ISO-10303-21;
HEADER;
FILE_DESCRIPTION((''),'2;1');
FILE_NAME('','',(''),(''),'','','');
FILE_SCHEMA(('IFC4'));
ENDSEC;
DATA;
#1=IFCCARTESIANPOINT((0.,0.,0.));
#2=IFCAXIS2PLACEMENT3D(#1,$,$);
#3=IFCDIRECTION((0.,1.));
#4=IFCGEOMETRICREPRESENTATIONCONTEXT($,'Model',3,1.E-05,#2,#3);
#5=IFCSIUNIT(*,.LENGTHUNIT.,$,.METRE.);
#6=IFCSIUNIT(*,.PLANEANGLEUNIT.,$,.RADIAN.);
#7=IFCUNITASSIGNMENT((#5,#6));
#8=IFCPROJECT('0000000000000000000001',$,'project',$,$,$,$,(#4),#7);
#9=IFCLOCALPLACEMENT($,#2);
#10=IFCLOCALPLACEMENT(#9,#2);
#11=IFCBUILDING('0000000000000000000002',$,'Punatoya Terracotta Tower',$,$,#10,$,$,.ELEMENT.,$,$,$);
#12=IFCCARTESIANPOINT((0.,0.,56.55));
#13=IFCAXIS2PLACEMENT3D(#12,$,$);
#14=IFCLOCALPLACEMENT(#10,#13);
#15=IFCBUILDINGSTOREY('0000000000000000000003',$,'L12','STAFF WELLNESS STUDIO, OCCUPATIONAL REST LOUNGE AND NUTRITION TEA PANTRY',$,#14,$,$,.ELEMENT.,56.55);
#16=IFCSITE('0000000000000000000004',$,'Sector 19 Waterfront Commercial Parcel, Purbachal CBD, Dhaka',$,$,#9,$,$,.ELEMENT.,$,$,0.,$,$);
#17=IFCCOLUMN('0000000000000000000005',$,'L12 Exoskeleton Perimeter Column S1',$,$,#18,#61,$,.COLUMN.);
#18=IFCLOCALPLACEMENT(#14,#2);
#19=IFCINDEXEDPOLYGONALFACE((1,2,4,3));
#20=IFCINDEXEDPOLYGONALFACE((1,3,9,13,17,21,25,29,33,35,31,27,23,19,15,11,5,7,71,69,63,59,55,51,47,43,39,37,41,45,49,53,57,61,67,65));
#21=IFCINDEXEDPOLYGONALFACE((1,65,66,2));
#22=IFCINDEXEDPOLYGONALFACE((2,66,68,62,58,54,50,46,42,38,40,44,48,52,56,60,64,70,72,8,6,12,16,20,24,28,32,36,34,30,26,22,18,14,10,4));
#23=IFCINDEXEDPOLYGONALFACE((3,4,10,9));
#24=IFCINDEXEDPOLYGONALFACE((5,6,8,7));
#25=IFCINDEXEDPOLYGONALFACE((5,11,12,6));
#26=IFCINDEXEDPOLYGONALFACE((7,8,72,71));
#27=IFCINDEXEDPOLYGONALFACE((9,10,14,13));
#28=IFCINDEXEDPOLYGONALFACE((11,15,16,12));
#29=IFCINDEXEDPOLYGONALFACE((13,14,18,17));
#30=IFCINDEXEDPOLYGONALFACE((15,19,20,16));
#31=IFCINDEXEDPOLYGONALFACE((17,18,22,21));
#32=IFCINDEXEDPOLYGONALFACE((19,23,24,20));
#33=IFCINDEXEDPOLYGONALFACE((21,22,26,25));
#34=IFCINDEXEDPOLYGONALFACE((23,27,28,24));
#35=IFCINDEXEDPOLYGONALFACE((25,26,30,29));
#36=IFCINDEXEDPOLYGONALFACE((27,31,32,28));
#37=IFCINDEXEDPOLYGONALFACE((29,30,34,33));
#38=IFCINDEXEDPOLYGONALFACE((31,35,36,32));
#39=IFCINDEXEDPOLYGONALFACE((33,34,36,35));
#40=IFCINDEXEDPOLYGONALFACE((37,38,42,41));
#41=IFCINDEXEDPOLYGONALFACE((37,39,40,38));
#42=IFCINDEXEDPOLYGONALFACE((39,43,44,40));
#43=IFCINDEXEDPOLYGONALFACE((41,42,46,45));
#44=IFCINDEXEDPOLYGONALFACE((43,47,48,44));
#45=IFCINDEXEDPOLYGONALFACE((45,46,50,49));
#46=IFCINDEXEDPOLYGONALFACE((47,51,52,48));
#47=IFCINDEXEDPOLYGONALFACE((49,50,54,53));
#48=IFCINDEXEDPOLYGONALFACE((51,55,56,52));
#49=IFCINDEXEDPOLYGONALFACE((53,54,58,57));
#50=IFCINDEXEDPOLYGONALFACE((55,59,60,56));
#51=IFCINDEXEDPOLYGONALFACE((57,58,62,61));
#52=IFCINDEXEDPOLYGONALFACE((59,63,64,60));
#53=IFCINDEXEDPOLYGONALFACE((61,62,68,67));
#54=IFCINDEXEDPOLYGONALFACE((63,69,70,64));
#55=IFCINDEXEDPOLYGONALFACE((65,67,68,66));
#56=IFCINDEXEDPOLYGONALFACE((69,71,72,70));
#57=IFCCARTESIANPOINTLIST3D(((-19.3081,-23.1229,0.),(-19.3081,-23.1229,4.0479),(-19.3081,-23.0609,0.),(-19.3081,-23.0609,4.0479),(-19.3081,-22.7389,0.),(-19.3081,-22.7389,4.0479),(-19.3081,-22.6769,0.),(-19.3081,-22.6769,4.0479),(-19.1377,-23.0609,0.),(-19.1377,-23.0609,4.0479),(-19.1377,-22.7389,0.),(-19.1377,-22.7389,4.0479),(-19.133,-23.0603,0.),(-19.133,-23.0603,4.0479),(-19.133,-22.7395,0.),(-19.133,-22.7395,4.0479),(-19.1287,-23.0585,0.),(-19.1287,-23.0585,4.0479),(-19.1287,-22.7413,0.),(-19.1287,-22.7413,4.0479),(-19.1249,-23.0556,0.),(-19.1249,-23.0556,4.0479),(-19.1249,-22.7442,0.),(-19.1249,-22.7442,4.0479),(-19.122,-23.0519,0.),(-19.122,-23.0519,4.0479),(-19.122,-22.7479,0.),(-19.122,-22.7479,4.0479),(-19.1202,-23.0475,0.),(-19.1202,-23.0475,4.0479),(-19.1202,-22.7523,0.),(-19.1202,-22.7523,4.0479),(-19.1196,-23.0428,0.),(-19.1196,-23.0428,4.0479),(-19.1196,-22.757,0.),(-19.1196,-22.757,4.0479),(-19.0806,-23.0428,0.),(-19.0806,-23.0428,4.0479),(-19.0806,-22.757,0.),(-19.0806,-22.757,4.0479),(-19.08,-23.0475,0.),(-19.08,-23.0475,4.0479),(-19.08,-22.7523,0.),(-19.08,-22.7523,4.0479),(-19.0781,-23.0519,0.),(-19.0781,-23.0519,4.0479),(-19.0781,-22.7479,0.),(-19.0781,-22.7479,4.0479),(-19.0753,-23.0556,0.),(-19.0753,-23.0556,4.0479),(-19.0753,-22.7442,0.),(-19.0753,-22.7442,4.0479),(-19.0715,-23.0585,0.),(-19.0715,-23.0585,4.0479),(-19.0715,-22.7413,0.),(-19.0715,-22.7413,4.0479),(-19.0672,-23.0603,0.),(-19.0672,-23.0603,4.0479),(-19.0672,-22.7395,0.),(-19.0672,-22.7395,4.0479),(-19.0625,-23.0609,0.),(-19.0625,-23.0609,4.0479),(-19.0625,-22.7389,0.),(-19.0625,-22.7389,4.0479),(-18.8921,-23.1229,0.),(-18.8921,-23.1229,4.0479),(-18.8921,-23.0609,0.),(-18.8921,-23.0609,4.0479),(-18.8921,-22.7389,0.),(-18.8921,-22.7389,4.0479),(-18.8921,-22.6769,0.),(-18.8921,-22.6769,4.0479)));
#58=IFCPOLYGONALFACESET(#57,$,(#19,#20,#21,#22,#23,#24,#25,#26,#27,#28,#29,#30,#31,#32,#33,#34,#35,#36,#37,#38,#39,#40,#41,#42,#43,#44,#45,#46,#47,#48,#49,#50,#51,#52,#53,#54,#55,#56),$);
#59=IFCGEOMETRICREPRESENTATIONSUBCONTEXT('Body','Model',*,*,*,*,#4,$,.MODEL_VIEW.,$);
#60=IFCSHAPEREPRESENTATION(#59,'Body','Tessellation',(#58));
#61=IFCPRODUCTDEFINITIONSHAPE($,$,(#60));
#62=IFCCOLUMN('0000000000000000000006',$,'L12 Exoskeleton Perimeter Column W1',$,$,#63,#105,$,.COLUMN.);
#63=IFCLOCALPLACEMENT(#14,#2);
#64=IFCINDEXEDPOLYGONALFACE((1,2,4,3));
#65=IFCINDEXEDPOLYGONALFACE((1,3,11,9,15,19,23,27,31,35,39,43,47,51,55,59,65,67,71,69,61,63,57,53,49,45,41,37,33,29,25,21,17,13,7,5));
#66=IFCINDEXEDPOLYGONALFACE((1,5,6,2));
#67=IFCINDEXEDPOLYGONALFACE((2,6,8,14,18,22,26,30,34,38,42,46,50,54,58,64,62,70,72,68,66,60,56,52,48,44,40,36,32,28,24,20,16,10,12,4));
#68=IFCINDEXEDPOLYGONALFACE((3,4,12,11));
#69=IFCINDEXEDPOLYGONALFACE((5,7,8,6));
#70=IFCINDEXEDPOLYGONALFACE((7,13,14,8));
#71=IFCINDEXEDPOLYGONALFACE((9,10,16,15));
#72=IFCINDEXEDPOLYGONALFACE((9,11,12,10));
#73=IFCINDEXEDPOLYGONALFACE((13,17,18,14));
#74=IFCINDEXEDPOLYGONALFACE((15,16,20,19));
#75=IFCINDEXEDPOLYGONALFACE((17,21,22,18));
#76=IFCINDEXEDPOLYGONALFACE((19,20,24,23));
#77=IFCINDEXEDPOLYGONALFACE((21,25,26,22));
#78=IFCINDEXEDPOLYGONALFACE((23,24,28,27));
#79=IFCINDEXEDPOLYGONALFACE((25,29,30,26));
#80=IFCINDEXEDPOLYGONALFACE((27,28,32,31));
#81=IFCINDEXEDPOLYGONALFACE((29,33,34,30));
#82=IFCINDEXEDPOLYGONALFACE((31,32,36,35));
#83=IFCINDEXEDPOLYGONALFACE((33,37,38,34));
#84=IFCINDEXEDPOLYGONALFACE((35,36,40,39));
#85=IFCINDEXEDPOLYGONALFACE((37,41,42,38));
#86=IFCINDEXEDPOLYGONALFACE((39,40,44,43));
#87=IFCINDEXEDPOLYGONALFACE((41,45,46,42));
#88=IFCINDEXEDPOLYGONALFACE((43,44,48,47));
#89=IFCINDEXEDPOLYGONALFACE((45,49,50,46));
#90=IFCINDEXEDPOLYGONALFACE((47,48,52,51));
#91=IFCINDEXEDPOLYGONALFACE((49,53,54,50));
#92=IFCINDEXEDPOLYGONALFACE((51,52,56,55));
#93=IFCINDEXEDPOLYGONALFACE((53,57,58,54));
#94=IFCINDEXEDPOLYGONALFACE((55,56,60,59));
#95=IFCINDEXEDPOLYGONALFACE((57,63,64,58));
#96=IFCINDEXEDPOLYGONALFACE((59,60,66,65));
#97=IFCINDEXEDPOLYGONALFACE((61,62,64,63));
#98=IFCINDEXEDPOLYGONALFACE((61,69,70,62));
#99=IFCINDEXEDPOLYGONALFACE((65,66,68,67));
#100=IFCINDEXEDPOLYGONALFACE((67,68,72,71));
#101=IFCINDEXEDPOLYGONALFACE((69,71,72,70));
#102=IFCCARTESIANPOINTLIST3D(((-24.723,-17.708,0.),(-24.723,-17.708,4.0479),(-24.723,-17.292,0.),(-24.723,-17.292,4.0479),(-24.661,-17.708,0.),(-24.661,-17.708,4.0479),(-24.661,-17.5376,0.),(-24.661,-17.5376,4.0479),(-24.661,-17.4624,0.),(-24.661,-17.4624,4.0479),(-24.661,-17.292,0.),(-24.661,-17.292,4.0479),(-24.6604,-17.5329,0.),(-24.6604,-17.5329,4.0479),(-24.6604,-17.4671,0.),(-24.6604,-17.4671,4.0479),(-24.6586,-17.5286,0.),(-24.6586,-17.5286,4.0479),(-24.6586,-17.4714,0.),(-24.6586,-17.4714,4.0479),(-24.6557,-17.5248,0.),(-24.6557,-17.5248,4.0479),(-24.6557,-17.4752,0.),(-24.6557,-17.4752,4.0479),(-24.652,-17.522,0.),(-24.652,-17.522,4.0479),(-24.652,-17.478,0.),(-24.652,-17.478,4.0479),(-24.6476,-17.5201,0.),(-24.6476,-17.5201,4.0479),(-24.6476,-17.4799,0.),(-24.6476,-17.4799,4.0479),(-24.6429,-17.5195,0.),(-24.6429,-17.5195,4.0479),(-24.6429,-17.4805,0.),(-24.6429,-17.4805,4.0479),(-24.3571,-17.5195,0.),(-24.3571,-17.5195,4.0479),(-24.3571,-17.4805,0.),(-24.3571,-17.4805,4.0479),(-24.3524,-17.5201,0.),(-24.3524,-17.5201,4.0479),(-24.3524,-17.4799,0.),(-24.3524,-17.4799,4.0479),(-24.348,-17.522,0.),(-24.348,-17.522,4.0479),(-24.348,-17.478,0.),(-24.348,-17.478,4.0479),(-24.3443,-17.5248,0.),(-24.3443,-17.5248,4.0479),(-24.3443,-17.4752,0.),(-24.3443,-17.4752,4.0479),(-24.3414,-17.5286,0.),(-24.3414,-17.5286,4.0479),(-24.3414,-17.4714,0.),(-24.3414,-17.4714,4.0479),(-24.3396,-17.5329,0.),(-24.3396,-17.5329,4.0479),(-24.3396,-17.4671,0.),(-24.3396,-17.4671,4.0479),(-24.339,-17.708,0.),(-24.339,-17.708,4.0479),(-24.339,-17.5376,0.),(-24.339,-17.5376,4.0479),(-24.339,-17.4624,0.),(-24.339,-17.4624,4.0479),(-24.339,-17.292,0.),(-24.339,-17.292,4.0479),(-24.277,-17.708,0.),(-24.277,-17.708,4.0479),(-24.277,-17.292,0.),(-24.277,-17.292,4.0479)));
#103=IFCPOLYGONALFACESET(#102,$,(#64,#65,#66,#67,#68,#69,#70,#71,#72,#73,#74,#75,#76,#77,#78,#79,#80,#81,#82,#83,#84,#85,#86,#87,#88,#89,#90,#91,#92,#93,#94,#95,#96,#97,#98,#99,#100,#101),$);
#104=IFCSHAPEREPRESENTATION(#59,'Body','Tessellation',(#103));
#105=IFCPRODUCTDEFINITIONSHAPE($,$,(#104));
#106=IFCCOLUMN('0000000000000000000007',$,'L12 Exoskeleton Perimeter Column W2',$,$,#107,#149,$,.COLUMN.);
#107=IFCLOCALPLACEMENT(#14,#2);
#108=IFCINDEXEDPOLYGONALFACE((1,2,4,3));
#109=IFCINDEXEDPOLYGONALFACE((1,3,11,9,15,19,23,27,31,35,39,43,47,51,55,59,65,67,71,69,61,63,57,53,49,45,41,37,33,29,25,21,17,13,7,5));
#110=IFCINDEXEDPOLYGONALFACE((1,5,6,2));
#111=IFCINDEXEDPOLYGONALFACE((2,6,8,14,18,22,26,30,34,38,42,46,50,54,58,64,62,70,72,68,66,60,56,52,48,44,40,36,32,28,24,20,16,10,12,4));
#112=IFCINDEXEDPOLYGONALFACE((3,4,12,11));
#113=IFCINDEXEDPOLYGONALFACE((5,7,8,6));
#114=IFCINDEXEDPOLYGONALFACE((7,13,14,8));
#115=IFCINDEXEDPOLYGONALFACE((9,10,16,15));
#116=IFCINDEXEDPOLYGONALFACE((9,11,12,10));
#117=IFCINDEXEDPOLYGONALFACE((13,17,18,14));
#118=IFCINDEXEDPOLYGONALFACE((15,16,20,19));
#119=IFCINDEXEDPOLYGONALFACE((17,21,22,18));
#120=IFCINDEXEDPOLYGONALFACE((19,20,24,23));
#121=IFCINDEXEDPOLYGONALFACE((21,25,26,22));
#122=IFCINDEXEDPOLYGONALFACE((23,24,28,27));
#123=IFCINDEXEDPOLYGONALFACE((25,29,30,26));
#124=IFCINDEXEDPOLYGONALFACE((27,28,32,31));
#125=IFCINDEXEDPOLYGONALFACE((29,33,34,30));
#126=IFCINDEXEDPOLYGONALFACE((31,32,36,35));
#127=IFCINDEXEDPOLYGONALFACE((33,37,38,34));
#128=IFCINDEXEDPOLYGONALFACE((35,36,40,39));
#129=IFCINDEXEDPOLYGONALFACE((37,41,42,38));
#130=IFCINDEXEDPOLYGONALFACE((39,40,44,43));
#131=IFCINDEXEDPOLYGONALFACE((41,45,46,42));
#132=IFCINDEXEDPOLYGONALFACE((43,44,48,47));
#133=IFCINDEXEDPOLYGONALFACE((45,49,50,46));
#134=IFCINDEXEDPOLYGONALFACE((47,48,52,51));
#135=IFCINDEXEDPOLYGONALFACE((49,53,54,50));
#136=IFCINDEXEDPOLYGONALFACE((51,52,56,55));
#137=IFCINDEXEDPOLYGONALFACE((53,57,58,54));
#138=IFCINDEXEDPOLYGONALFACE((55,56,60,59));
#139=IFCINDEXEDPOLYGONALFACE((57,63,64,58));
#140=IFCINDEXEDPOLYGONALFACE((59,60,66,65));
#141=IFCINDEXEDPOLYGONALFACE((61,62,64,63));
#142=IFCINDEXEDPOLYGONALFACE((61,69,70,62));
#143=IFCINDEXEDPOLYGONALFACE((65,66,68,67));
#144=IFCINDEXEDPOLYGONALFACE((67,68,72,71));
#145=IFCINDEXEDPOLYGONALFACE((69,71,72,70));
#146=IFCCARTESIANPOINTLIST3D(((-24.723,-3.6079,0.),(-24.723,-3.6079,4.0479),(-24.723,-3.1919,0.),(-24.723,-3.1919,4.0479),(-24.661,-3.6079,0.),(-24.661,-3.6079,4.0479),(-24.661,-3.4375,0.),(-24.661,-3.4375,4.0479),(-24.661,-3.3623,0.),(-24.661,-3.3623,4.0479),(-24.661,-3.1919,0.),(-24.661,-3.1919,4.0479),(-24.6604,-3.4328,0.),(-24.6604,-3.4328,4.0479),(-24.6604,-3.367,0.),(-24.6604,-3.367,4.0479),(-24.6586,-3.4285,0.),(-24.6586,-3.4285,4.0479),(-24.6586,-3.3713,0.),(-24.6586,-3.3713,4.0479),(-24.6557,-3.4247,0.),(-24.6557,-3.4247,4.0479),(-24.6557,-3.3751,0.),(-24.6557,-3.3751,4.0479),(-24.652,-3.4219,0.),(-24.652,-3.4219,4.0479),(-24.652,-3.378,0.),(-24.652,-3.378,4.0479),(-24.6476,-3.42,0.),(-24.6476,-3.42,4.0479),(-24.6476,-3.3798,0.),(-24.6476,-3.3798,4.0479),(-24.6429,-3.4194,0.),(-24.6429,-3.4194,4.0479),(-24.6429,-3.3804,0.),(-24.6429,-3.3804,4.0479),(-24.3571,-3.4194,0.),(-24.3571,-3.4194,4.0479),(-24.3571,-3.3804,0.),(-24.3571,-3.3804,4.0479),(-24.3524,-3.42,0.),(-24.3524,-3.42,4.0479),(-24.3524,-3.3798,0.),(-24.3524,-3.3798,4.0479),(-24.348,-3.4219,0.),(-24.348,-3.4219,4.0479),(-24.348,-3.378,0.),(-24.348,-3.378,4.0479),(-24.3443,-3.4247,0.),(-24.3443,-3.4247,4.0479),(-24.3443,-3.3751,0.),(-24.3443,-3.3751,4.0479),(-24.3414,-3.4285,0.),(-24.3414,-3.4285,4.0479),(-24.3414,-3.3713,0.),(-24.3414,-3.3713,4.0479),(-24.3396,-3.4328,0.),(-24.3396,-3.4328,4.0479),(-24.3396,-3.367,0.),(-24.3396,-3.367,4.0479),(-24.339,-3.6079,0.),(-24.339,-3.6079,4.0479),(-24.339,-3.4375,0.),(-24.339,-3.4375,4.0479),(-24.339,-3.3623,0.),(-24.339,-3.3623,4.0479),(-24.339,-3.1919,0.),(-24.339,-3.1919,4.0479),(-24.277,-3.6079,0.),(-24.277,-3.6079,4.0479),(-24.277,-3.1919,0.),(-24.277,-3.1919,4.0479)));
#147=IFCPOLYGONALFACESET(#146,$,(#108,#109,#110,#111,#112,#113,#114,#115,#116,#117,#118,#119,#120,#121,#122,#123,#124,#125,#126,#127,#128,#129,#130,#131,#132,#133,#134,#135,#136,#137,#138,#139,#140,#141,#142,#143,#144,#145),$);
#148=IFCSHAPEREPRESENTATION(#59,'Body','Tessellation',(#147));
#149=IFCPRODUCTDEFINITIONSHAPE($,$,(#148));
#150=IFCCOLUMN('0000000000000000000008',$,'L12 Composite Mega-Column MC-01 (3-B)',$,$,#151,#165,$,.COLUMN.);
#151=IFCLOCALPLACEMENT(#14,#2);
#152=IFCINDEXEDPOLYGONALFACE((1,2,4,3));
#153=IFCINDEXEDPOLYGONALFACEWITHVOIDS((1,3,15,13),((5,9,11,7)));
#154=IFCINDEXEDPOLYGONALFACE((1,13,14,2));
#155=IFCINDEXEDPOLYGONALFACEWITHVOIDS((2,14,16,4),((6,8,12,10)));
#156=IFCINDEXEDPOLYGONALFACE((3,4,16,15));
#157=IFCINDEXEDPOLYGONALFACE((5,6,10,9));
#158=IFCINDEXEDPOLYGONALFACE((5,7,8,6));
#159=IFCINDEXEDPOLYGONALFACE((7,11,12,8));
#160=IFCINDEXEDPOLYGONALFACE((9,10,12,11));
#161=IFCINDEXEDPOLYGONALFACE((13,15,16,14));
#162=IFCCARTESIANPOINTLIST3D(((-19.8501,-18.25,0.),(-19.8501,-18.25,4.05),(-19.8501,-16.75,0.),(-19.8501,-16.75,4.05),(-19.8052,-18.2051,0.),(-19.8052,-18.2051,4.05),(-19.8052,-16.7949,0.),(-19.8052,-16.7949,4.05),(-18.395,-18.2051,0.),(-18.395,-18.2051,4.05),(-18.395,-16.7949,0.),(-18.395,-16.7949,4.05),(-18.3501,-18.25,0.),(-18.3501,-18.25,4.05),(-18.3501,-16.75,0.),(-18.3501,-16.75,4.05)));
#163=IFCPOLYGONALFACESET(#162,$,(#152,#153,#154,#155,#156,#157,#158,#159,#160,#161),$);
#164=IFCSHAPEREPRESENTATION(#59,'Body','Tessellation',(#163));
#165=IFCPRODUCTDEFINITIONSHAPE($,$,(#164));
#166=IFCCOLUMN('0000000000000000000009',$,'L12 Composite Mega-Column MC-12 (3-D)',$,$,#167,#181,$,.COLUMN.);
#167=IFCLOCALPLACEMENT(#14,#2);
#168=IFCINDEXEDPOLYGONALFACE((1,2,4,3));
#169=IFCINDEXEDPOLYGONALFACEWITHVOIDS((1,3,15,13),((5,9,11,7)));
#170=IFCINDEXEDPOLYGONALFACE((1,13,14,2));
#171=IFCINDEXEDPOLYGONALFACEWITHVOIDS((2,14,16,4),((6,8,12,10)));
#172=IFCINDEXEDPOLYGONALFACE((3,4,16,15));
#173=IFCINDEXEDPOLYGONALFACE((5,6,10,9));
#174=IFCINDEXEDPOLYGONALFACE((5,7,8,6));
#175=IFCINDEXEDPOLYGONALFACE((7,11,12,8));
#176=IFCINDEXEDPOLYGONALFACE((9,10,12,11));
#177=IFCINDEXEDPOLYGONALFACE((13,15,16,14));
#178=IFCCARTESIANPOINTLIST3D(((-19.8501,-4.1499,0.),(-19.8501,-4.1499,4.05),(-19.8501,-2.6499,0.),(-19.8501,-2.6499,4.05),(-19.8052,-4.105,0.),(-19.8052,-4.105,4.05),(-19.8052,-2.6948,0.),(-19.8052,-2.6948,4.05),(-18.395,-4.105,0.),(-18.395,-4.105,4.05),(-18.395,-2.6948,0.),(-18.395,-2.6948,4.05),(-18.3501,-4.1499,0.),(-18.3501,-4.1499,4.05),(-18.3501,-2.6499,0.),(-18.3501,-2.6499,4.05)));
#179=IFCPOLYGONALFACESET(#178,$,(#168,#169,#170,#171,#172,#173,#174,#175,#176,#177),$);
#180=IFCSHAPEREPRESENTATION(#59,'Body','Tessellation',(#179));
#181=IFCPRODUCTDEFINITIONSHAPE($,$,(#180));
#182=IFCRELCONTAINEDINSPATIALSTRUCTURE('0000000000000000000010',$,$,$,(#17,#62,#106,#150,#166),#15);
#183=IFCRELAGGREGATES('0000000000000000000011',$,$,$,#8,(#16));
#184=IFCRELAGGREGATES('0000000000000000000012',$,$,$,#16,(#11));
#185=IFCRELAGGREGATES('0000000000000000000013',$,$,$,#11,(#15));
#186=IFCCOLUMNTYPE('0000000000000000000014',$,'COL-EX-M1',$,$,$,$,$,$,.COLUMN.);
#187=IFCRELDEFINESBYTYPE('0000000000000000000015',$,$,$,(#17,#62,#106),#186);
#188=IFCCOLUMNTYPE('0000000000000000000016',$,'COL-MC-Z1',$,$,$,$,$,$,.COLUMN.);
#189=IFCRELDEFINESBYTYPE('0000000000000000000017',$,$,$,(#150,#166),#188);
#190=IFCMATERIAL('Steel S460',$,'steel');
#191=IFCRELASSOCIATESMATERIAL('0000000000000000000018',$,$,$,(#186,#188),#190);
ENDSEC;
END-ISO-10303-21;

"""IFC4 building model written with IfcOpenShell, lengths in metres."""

from ifc_helpers import new_model, si_unit, direction, frame, origin, origin_2d, place, context, subcontext, project, spatial, hollow_rectangle, i_section, extrude, material, material_profile, profile_set, type_object, element, save


model = new_model("IFC4")

# Units and contexts
model_context = context("Model", 3, precision=1e-05, world=origin(), true_north=direction((0.0, 1.0)))
body_context = subcontext(model_context, "Body", "Model", "MODEL_VIEW")
ifc_project = project(units=[si_unit("LENGTHUNIT", "METRE"), si_unit("PLANEANGLEUNIT", "RADIAN")], contexts=[model_context])

# Site, building, storey
site_placement = place(None, origin())
site = spatial("IfcSite", under=ifc_project, at=site_placement, Name="Sector 19 Waterfront Commercial Parcel, Purbachal CBD, Dhaka", CompositionType="ELEMENT", RefElevation=0.0)
building_placement = place(site_placement, origin())
building = spatial("IfcBuilding", under=site, at=building_placement, Name="Punatoya Terracotta Tower", CompositionType="ELEMENT")
storey_placement = place(building_placement, frame((0.0, 0.0, 56.55)))
storey = spatial("IfcBuildingStorey", under=building, at=storey_placement, Name="L12", Description="STAFF WELLNESS STUDIO, OCCUPATIONAL REST LOUNGE AND NUTRITION TEA PANTRY", CompositionType="ELEMENT", Elevation=56.55)

# Columns
ifc_material_1 = material(Name="Steel S460", Category="steel")
ifc_material_profile_1 = material_profile(ifc_material_1, i_section(OverallWidth=0.416, OverallDepth=0.446, WebThickness=0.0391, FlangeThickness=0.062, FilletRadius=0.0181, at=origin_2d()))
ifc_profile_set_1 = profile_set([ifc_material_profile_1], Name="Steel S460")
column_type_1 = type_object("IfcColumnType", Name="COL-EX-M1", PredefinedType="COLUMN", material=ifc_profile_set_1)
for number, where, z_axis, x_axis, name in (
    (1, (-19.1001, -22.8999, 0.0), (0.0, 0.0, 1.0), (1.0, 0.0, 0.0), "L12 Exoskeleton Perimeter Column S1"),
    (2, (-24.5, -17.5, 0.0), (0.0, 0.0, 1.0), (0.0, 1.0, 0.0), "L12 Exoskeleton Perimeter Column W1"),
    (3, (-24.5, -3.3999, 0.0), (0.0, 0.0, 1.0), (0.0, 1.0, 0.0), "L12 Exoskeleton Perimeter Column W2"),
):
    element("IfcColumn", number, at=place(storey_placement, frame(where, z_axis=z_axis, x_axis=x_axis)), inside=storey, type_object=column_type_1, Name=name, PredefinedType="COLUMN", context=body_context, shape_type="SweptSolid", body=[
        extrude(i_section(OverallWidth=0.416, OverallDepth=0.446, WebThickness=0.0391, FlangeThickness=0.062, FilletRadius=0.0181, at=origin_2d()), origin(), (0.0, 0.0, 1.0), 4.0479),
    ])
ifc_material_profile_2 = material_profile(ifc_material_1, hollow_rectangle(XDim=1.5, YDim=1.5, WallThickness=0.0449, at=origin_2d()))
ifc_profile_set_2 = profile_set([ifc_material_profile_2], Name="Steel S460")
column_type_2 = type_object("IfcColumnType", Name="COL-MC-Z1", PredefinedType="COLUMN", material=ifc_profile_set_2)
for number, where, z_axis, x_axis, name in (
    (4, (-19.1001, -17.5, 0.0), (0.0, 0.0, 1.0), (1.0, 0.0, 0.0), "L12 Composite Mega-Column MC-01 (3-B)"),
    (5, (-19.1001, -3.3999, 0.0), (0.0, 0.0, 1.0), (1.0, 0.0, 0.0), "L12 Composite Mega-Column MC-12 (3-D)"),
):
    element("IfcColumn", number, at=place(storey_placement, frame(where, z_axis=z_axis, x_axis=x_axis)), inside=storey, type_object=column_type_2, Name=name, PredefinedType="COLUMN", context=body_context, shape_type="SweptSolid", body=[
        extrude(hollow_rectangle(XDim=1.5, YDim=1.5, WallThickness=0.0449, at=origin_2d()), origin(), (0.0, 0.0, 1.0), 4.05),
    ])

save(model, "model.ifc")
